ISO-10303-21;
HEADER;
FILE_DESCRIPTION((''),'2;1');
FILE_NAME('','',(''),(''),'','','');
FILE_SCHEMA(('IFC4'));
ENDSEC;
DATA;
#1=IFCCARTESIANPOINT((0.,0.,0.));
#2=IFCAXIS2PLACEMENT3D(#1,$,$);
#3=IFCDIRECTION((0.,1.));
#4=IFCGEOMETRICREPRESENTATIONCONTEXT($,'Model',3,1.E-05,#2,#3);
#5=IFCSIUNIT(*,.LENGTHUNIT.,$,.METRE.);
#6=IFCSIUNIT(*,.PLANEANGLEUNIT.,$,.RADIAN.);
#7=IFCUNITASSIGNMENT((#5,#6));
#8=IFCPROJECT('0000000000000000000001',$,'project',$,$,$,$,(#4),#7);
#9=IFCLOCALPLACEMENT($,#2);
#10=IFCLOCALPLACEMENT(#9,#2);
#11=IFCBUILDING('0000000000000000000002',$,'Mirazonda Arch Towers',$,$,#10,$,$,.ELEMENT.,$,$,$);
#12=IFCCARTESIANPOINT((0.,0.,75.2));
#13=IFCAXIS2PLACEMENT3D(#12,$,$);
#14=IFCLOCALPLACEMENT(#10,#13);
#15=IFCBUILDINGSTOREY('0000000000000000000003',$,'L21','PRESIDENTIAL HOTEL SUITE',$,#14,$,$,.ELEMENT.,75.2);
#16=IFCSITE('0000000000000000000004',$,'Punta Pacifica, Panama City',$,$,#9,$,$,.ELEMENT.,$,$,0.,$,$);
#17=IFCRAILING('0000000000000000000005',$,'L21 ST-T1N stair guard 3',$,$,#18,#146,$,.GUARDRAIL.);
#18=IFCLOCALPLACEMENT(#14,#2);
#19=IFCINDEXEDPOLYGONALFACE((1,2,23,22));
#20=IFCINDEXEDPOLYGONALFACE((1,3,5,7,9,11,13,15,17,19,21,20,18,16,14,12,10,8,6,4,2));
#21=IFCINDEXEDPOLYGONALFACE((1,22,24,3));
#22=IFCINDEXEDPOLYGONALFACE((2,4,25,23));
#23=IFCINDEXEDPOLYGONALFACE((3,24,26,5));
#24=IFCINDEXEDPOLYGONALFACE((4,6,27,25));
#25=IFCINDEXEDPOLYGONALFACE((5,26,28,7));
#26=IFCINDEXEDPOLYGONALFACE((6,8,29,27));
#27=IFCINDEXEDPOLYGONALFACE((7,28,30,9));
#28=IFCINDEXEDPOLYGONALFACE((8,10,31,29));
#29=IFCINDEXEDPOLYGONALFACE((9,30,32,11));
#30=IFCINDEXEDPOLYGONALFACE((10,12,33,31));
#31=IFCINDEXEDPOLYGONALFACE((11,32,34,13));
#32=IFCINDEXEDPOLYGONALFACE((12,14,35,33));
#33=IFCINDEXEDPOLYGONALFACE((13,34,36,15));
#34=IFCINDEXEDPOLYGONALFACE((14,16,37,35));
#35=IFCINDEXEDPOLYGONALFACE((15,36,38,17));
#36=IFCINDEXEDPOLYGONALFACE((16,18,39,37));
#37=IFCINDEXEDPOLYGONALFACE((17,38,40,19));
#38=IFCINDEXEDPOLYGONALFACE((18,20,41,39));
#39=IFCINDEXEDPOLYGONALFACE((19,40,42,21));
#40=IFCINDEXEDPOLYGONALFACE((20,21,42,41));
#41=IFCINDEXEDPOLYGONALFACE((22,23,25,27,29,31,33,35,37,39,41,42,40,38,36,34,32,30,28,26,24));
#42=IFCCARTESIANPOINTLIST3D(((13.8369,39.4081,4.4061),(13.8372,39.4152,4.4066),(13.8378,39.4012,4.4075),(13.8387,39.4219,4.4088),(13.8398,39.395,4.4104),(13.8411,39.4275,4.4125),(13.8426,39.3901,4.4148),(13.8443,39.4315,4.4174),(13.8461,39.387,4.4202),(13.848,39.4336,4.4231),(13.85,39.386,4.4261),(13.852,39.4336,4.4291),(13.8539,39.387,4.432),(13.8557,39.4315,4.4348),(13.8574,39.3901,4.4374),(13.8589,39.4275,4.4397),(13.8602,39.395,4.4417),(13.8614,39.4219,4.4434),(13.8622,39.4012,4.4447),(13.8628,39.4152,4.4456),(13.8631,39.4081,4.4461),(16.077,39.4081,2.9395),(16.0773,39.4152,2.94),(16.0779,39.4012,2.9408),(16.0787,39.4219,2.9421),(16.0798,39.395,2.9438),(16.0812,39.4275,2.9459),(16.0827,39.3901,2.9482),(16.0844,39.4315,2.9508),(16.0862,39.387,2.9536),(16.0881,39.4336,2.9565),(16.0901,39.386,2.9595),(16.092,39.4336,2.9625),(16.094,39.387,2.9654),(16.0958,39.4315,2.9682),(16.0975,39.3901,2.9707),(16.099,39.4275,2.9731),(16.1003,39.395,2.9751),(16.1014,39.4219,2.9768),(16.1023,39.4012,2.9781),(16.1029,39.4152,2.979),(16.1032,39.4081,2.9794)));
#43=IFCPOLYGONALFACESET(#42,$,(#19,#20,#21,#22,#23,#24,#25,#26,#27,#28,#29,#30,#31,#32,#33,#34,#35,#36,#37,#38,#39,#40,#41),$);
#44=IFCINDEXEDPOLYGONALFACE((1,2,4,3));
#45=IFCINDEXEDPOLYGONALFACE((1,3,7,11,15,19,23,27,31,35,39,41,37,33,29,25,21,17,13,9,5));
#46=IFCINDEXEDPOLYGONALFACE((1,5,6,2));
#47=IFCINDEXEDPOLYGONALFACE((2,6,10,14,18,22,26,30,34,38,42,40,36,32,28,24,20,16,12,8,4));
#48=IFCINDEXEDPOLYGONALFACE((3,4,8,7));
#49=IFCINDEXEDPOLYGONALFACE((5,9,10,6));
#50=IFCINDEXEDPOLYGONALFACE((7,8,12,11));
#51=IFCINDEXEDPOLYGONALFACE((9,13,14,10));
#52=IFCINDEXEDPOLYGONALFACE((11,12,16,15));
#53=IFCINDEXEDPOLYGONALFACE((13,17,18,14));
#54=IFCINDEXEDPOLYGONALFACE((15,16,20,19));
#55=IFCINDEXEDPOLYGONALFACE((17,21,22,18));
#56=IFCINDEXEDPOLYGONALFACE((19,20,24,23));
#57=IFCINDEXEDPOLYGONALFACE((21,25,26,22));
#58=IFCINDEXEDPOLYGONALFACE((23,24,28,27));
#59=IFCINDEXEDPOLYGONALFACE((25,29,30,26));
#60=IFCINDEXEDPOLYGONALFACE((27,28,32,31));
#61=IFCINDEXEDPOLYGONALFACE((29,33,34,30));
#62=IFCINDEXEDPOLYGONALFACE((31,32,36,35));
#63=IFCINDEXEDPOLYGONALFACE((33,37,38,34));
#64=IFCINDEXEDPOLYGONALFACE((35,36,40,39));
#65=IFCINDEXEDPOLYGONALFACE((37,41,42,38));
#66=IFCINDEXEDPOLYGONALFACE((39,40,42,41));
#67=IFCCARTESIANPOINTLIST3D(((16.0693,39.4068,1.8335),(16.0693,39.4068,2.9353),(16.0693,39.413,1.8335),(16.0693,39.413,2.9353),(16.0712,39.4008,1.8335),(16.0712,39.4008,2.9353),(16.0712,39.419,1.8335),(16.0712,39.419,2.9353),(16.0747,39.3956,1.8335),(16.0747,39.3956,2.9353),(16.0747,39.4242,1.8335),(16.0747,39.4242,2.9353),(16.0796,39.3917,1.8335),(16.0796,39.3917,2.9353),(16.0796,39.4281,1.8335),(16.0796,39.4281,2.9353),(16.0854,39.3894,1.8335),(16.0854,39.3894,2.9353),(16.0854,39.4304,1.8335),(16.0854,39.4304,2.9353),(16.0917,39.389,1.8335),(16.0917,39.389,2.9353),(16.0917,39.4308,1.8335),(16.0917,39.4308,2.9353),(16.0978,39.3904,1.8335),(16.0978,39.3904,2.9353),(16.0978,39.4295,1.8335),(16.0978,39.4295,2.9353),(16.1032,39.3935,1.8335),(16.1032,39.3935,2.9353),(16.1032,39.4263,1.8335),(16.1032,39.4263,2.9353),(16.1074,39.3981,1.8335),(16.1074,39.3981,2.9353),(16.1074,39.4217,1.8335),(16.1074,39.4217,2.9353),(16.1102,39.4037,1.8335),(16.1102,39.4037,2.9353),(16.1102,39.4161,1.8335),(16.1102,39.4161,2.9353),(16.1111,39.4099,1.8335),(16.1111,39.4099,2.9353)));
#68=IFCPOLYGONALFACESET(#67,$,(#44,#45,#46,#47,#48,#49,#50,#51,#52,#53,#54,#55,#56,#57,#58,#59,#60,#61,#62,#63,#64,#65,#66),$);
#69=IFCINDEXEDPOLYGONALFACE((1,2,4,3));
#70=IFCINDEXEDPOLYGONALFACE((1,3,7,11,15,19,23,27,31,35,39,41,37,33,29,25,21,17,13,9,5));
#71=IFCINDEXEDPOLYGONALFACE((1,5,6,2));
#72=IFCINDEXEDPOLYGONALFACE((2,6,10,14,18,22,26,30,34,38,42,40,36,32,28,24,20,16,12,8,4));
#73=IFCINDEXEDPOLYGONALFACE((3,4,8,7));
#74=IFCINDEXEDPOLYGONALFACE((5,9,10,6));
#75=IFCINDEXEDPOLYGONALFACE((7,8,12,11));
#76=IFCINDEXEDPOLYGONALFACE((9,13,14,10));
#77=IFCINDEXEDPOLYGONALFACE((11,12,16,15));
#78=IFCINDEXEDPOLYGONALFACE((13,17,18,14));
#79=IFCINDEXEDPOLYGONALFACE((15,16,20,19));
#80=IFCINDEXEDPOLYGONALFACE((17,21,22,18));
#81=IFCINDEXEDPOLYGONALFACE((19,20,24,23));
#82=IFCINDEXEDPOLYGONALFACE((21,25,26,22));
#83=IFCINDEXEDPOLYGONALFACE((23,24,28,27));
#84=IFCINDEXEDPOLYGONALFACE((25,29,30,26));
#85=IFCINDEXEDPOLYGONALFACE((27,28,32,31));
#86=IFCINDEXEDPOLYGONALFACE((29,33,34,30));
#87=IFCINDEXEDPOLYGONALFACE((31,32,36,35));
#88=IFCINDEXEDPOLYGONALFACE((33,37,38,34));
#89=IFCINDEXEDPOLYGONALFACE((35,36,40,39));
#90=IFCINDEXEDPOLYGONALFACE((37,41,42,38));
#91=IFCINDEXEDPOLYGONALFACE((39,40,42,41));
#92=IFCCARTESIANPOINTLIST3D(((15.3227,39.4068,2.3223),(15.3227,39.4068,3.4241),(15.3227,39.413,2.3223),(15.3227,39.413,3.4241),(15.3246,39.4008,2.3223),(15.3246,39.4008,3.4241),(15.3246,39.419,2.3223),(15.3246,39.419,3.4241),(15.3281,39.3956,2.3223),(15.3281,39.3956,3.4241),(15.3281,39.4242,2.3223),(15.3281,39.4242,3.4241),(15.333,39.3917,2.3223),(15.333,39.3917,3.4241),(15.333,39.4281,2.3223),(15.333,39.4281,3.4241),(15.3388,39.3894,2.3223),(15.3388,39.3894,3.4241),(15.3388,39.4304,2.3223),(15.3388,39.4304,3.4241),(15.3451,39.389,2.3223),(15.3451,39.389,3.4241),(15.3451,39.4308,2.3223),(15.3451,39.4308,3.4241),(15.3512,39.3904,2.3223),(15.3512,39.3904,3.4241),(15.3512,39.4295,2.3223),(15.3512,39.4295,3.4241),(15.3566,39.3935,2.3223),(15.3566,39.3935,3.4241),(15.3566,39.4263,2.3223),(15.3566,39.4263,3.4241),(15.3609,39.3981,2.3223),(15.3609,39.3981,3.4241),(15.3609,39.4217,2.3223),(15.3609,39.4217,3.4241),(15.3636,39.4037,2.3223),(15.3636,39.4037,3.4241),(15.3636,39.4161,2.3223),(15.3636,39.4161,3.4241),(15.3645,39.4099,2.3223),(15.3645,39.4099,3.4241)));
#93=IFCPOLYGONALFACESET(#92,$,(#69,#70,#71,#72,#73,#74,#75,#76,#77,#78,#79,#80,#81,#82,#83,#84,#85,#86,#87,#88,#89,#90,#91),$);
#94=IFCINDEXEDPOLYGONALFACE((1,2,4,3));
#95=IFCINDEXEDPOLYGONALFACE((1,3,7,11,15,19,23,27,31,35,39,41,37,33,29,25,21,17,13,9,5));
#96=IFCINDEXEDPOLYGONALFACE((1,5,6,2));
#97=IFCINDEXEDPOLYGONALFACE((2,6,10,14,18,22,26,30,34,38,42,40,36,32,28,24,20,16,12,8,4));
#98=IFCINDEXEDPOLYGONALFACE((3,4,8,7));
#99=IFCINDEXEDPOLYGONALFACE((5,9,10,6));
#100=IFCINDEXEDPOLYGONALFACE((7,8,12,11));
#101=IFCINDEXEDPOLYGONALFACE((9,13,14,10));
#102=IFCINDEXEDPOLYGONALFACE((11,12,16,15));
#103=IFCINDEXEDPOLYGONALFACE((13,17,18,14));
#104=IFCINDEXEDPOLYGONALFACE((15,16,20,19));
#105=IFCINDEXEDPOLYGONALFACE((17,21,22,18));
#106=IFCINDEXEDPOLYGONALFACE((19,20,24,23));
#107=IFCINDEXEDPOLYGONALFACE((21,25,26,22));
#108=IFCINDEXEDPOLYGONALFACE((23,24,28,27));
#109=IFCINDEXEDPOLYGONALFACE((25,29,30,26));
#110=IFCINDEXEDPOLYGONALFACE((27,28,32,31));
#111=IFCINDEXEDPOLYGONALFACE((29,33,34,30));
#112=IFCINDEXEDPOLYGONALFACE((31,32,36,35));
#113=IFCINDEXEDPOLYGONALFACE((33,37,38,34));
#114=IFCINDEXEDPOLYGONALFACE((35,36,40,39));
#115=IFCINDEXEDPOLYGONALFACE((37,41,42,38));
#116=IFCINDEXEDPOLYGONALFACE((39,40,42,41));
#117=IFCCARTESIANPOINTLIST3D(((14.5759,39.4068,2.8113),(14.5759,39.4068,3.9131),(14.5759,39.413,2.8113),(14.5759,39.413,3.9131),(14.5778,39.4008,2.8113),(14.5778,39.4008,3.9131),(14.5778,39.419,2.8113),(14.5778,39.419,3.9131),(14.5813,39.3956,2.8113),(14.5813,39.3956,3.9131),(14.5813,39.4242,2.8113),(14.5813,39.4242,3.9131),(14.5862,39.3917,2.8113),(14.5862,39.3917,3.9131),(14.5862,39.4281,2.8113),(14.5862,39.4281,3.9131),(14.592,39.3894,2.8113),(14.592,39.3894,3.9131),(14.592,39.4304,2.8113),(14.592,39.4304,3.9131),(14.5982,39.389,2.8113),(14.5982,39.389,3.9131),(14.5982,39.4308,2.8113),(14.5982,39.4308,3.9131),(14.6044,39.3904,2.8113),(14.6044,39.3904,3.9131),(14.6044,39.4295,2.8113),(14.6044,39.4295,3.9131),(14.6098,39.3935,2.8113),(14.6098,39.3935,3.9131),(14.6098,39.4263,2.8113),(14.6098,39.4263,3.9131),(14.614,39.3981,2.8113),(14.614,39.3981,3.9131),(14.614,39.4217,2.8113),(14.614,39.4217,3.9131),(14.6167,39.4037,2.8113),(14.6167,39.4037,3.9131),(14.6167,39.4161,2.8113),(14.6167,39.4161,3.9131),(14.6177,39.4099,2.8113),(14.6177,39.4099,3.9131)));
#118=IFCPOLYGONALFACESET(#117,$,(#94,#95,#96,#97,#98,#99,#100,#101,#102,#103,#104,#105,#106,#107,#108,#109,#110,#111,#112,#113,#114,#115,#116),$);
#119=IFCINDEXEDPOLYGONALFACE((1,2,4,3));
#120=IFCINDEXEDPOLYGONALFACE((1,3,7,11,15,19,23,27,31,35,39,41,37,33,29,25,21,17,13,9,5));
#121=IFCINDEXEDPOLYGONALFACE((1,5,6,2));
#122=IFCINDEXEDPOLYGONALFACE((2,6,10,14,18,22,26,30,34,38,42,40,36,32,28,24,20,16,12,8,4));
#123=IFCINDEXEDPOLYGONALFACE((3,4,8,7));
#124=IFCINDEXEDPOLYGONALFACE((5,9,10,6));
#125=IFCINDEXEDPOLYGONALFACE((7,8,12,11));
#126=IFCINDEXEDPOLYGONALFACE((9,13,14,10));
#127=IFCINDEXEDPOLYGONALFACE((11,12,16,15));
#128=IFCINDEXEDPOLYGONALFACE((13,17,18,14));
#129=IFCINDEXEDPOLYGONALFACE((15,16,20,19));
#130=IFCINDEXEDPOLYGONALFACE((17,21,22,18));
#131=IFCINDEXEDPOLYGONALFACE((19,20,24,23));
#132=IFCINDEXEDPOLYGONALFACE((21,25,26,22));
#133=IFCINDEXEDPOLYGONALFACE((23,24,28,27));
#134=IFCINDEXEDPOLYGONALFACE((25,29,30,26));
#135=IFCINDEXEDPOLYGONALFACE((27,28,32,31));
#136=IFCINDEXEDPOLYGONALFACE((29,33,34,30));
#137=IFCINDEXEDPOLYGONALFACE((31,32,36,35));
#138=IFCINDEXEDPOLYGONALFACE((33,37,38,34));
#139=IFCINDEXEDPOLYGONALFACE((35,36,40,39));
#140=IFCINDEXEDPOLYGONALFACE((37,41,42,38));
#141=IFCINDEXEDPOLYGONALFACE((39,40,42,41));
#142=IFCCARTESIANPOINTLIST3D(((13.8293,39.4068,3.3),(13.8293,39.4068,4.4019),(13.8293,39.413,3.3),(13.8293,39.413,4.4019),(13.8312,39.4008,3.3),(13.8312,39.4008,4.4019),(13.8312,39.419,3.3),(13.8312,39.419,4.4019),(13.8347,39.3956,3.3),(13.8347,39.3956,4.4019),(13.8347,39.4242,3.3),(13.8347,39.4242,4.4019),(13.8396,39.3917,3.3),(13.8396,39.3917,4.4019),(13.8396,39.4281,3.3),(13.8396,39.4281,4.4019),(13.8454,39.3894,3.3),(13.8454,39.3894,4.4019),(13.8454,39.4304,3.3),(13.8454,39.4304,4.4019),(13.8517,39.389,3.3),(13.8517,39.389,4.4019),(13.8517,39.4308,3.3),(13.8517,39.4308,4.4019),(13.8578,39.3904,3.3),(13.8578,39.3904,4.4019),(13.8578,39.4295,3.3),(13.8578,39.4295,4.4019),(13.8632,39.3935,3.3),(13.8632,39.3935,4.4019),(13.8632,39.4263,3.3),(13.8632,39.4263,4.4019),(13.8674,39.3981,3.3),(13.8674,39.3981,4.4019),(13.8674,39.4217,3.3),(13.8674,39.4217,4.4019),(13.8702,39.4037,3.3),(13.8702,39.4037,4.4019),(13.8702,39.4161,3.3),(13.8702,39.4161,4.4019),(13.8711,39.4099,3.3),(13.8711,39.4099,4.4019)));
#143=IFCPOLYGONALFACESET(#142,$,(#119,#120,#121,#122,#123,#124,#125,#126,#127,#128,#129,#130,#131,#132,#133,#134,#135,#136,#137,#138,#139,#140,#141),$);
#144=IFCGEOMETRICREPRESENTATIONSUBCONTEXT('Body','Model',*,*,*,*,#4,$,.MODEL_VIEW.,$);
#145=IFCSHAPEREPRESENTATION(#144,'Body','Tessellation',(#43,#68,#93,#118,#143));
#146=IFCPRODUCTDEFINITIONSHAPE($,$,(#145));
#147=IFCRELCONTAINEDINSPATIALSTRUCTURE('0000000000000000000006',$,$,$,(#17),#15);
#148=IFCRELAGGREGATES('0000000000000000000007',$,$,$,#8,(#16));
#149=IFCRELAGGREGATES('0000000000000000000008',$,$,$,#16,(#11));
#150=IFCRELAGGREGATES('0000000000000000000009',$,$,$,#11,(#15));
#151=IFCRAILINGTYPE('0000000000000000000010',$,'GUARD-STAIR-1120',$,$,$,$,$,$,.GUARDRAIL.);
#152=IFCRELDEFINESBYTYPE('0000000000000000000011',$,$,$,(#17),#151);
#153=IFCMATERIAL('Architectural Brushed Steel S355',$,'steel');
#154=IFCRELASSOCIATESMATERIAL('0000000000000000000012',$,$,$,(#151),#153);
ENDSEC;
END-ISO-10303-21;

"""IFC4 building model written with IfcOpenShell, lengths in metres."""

from ifc_helpers import new_model, si_unit, direction, frame, origin, origin_2d, place, context, subcontext, project, spatial, circle, extrude, material, type_object, element, save


model = new_model("IFC4")

# Units and contexts
model_context = context("Model", 3, precision=1e-05, world=origin(), true_north=direction((0.0, 1.0)))
body_context = subcontext(model_context, "Body", "Model", "MODEL_VIEW")
ifc_project = project(units=[si_unit("LENGTHUNIT", "METRE"), si_unit("PLANEANGLEUNIT", "RADIAN")], contexts=[model_context])

# Site, building, storey
site_placement = place(None, origin())
site = spatial("IfcSite", under=ifc_project, at=site_placement, Name="Punta Pacifica, Panama City", CompositionType="ELEMENT", RefElevation=0.0)
building_placement = place(site_placement, origin())
building = spatial("IfcBuilding", under=site, at=building_placement, Name="Mirazonda Arch Towers", CompositionType="ELEMENT")
storey_placement = place(building_placement, frame((0.0, 0.0, 75.2)))
storey = spatial("IfcBuildingStorey", under=building, at=storey_placement, Name="L21", Description="PRESIDENTIAL HOTEL SUITE", CompositionType="ELEMENT", Elevation=75.2)

# Railing
ifc_material_1 = material(Name="Architectural Brushed Steel S355", Category="steel")
railing_type_1 = type_object("IfcRailingType", Name="GUARD-STAIR-1120", PredefinedType="GUARDRAIL", material=ifc_material_1)
railing_1_placement = place(storey_placement, frame((16.0901, 39.4099, 1.8335)))
element("IfcRailing", 1, at=railing_1_placement, inside=storey, type_object=railing_type_1, Name="L21 ST-T1N stair guard 3", PredefinedType="GUARDRAIL", context=body_context, shape_type="SweptSolid", body=[
    extrude(circle(Radius=0.0239, at=origin_2d()), frame((0.0, 0.0, 1.126), z_axis=(-0.836637, 0.0, 0.547758), x_axis=(0.0, -1.0, 0.0)), (0.0, 0.0, 1.0), 2.6775),
    extrude(circle(Radius=0.021, at=origin_2d()), origin(), (0.0, 0.0, 1.0), 1.1018),
    extrude(circle(Radius=0.021, at=origin_2d()), frame((-0.7466, 0.0, 0.4888)), (0.0, 0.0, 1.0), 1.1018),
    extrude(circle(Radius=0.021, at=origin_2d()), frame((-1.4934, 0.0, 0.9778)), (0.0, 0.0, 1.0), 1.1018),
    extrude(circle(Radius=0.021, at=origin_2d()), frame((-2.24, 0.0, 1.4666)), (0.0, 0.0, 1.0), 1.1018),
])

save(model, "model.ifc")
